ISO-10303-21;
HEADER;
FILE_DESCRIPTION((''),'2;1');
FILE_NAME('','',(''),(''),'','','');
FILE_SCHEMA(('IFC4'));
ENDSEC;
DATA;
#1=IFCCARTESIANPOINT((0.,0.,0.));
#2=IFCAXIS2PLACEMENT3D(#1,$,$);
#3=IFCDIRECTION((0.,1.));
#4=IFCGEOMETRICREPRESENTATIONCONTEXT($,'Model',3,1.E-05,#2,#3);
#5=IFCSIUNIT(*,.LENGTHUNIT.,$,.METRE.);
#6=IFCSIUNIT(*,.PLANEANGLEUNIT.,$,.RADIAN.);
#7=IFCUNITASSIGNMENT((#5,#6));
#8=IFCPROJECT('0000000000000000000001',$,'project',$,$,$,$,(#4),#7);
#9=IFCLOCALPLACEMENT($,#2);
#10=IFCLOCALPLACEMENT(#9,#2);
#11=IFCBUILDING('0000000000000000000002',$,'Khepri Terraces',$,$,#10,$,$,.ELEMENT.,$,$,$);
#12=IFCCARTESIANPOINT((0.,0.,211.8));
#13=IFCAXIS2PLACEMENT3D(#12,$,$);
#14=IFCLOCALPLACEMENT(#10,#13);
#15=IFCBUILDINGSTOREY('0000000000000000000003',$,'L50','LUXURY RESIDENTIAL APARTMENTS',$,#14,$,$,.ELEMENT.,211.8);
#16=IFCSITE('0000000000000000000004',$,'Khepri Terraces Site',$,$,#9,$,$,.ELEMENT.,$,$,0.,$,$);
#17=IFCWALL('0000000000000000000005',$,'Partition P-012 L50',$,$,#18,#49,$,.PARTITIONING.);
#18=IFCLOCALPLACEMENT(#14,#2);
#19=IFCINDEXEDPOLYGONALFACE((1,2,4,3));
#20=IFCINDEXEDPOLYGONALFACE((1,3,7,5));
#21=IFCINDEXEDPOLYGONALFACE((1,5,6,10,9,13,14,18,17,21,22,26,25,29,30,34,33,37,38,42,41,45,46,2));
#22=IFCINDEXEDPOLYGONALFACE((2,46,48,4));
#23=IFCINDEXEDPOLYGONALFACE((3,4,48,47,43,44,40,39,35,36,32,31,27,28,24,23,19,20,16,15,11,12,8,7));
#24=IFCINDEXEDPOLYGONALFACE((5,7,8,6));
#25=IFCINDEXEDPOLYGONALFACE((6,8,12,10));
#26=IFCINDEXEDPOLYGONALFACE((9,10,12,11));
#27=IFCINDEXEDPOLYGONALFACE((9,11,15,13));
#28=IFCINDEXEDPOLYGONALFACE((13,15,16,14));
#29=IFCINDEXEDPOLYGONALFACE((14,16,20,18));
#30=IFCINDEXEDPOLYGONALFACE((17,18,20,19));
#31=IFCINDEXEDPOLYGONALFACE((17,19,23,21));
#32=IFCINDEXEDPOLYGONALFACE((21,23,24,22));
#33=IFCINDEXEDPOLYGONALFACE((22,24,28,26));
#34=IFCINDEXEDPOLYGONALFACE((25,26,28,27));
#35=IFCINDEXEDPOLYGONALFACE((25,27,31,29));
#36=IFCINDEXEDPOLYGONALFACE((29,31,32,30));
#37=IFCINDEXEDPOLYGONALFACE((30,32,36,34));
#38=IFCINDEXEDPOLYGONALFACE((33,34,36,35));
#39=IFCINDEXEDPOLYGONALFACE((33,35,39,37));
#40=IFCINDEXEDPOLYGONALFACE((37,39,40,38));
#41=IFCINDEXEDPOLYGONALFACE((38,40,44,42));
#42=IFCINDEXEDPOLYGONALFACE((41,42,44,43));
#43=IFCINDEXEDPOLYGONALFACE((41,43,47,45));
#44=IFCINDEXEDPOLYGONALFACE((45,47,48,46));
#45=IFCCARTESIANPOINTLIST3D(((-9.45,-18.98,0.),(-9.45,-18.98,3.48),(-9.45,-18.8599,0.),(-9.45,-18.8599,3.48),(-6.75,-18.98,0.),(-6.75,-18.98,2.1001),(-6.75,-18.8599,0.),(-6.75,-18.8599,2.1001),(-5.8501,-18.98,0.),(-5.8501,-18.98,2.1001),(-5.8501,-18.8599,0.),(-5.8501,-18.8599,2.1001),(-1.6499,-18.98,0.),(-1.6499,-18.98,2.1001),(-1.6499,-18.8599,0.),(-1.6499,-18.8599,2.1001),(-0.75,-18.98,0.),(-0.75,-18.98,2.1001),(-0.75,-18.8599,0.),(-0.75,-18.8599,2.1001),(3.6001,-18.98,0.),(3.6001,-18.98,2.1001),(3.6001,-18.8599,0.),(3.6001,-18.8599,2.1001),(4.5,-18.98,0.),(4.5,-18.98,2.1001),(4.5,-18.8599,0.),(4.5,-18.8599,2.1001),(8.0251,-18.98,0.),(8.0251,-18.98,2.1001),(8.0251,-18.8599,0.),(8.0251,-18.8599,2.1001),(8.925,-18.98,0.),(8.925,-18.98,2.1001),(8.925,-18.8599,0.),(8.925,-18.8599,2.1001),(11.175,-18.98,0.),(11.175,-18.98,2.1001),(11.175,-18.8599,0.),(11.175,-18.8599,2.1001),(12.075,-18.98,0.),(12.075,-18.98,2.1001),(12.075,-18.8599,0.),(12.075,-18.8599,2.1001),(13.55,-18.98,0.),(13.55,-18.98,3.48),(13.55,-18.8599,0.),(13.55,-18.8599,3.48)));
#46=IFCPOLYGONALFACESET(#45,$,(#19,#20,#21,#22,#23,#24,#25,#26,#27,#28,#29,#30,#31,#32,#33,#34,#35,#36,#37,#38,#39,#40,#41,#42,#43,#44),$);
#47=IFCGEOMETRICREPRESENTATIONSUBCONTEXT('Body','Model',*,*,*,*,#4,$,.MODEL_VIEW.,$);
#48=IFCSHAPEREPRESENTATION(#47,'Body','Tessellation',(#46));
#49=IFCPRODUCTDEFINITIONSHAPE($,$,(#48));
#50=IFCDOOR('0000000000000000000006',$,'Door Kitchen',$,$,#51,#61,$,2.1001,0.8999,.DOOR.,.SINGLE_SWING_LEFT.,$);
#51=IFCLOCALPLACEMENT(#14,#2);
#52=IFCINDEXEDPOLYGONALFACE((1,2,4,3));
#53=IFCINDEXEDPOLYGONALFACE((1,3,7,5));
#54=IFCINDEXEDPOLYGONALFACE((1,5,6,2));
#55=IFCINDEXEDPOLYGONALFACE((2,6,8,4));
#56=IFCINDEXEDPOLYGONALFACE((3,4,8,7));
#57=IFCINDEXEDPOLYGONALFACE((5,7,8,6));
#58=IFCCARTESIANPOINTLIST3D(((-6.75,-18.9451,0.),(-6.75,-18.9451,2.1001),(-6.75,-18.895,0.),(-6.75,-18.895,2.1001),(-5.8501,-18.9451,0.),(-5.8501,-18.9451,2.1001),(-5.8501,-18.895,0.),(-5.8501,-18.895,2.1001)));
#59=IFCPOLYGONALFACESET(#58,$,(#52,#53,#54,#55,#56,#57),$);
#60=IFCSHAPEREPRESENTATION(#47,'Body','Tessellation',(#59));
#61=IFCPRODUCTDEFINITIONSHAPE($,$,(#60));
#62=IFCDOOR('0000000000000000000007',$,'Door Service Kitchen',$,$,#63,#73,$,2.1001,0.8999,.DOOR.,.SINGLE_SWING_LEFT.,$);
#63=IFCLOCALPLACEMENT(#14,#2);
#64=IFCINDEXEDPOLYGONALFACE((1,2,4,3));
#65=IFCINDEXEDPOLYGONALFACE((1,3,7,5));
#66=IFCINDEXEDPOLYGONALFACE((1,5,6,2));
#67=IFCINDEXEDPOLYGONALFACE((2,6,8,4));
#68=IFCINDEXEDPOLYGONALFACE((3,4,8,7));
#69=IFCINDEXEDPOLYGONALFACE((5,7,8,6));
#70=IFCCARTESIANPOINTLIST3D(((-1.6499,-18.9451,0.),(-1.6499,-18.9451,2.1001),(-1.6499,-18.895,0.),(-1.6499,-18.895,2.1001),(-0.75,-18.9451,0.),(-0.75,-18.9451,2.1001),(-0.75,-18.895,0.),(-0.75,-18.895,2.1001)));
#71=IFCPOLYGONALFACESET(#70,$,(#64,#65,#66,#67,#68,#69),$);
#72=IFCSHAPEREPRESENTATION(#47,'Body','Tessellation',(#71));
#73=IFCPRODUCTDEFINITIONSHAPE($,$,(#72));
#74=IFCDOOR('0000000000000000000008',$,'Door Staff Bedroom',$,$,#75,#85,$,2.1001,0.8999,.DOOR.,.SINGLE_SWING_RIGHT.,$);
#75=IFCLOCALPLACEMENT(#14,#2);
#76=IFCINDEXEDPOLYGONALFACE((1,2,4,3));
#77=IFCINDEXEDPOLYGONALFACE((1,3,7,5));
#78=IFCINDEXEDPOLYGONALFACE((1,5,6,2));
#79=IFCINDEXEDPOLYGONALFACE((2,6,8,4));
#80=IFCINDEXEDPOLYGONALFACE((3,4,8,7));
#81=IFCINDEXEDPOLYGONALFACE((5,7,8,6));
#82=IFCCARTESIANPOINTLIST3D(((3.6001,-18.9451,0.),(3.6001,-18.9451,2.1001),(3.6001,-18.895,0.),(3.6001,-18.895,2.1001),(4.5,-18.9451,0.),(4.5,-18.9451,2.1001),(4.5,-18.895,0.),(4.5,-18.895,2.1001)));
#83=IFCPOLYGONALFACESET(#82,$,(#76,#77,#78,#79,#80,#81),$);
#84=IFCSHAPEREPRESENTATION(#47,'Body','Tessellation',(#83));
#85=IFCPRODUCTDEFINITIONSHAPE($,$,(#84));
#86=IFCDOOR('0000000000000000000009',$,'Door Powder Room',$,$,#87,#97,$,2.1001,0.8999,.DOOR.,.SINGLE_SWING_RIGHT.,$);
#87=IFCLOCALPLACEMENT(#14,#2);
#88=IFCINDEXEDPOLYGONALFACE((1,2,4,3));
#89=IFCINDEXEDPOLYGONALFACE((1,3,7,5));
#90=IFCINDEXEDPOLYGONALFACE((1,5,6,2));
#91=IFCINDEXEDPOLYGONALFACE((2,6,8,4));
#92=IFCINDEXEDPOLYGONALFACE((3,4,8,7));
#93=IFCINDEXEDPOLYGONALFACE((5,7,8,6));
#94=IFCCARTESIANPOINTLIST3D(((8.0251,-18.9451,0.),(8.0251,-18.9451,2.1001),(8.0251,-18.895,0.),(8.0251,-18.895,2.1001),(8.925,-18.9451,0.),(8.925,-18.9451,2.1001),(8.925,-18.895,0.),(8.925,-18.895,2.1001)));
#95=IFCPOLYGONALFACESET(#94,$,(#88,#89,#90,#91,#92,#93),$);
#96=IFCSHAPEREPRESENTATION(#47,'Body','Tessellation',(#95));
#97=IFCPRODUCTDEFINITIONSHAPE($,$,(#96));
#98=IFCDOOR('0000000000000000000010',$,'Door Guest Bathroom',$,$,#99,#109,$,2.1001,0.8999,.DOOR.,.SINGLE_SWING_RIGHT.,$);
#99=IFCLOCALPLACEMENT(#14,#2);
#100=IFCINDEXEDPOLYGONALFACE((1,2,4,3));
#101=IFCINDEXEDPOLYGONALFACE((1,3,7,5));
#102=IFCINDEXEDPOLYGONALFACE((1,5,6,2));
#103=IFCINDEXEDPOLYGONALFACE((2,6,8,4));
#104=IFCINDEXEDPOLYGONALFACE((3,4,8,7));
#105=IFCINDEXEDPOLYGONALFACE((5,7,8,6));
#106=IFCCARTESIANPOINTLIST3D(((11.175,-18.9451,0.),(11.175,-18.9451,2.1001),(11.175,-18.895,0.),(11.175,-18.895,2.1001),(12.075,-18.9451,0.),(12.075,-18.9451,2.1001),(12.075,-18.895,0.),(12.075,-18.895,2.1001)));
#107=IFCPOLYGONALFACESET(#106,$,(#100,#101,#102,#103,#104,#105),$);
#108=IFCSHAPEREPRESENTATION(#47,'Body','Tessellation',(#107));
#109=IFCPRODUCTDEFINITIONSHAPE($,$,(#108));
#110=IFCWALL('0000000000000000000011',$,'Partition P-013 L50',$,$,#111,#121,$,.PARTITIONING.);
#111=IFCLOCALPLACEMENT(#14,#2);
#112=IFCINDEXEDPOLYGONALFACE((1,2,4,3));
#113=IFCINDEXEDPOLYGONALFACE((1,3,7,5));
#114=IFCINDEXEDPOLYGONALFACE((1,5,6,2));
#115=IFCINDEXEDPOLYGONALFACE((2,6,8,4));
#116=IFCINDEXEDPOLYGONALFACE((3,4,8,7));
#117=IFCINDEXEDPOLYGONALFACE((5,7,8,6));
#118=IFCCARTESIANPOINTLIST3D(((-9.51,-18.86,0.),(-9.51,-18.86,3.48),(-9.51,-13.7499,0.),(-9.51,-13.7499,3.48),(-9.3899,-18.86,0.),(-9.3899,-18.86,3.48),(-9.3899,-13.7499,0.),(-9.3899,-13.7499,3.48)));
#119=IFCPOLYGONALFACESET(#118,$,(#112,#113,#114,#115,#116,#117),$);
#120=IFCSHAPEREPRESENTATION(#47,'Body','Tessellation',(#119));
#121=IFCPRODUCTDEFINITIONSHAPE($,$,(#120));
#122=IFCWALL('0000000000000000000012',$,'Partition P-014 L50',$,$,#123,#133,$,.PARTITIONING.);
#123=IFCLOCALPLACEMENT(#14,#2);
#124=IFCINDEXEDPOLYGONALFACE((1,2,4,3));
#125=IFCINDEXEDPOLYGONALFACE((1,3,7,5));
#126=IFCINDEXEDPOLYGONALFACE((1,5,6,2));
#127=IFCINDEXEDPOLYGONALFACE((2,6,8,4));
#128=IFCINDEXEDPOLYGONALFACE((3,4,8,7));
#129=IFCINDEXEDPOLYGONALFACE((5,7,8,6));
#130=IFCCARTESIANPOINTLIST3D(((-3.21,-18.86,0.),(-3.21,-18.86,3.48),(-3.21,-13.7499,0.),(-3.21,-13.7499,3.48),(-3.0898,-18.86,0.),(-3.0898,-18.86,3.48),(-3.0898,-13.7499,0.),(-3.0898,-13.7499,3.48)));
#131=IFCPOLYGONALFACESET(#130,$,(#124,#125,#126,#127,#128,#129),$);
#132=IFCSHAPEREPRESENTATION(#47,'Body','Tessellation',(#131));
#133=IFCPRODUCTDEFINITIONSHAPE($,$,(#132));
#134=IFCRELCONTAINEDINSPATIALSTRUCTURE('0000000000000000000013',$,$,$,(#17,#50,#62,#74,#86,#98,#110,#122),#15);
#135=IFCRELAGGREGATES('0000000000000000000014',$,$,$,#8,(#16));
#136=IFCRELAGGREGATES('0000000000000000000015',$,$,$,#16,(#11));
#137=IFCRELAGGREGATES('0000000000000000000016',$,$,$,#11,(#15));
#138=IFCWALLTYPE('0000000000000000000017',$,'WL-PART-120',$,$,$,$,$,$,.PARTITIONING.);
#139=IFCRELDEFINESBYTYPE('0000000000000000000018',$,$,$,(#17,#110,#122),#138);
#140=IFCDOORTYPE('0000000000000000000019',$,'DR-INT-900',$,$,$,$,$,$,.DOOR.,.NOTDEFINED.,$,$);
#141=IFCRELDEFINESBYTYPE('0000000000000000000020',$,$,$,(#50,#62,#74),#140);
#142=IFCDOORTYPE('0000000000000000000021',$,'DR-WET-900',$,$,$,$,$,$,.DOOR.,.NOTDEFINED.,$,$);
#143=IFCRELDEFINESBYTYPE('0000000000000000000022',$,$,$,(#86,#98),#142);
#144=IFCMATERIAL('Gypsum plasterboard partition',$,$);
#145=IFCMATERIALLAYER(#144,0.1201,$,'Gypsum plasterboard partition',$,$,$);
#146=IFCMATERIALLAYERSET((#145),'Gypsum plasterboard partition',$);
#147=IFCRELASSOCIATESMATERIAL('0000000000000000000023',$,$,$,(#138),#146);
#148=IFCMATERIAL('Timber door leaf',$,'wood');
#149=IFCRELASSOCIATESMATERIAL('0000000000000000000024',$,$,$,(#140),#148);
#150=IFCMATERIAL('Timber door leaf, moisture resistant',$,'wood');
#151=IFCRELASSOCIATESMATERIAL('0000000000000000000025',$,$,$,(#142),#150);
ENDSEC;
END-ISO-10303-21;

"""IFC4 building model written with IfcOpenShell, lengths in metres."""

from ifc_helpers import new_model, si_unit, direction, frame, frame_2d, origin, place, context, subcontext, project, spatial, rectangle, extrude, material, layer, layer_set, type_object, element, fill, save


model = new_model("IFC4")

# Units and contexts
model_context = context("Model", 3, precision=1e-05, world=origin(), true_north=direction((0.0, 1.0)))
body_context = subcontext(model_context, "Body", "Model", "MODEL_VIEW")
ifc_project = project(units=[si_unit("LENGTHUNIT", "METRE"), si_unit("PLANEANGLEUNIT", "RADIAN")], contexts=[model_context])

# Site, building, storey
site_placement = place(None, origin())
site = spatial("IfcSite", under=ifc_project, at=site_placement, Name="Khepri Terraces Site", CompositionType="ELEMENT", RefElevation=0.0)
building_placement = place(site_placement, origin())
building = spatial("IfcBuilding", under=site, at=building_placement, Name="Khepri Terraces", CompositionType="ELEMENT")
storey_placement = place(building_placement, frame((0.0, 0.0, 211.8)))
storey = spatial("IfcBuildingStorey", under=building, at=storey_placement, Name="L50", Description="LUXURY RESIDENTIAL APARTMENTS", CompositionType="ELEMENT", Elevation=211.8)

# Shared definitions
ifc_material_1 = material(Name="Gypsum plasterboard partition")
ifc_layer_1 = layer(ifc_material_1, 0.1201, Name="Gypsum plasterboard partition")
ifc_layer_set_1 = layer_set([ifc_layer_1], Name="Gypsum plasterboard partition")
wall_type_1 = type_object("IfcWallType", Name="WL-PART-120", PredefinedType="PARTITIONING", material=ifc_layer_set_1)

# Wall, openings, doors
wall_1_placement = place(storey_placement, frame((-9.45, -18.9199, 0.0), z_axis=(0.0, 0.0, 1.0), x_axis=(1.0, 0.0, 0.0)))
wall_1 = element("IfcWall", 1, at=wall_1_placement, inside=storey, type_object=wall_type_1, Name="Partition P-012 L50", PredefinedType="PARTITIONING", context=body_context, shape_type="SweptSolid", body=[
    extrude(rectangle(XDim=23.0, YDim=0.1201, at=frame_2d((11.5, 0.0))), origin(), (0.0, 0.0, 1.0), 3.48),
])
opening_1_placement = place(wall_1_placement, frame((2.7, 0.0, 0.0)))
opening_1 = element("IfcOpeningElement", 2, at=opening_1_placement, cuts=wall_1, PredefinedType="OPENING", context=body_context, shape_type="SweptSolid", body=[
    extrude(rectangle(XDim=0.8999, YDim=2.1001, at=frame_2d((0.45, 1.05))), frame((0.0, 0.0701, 0.0), z_axis=(0.0, -1.0, 0.0), x_axis=(1.0, 0.0, 0.0)), (0.0, 0.0, 1.0), 0.1401),
])
opening_2_placement = place(wall_1_placement, frame((7.8, 0.0, 0.0)))
opening_2 = element("IfcOpeningElement", 3, at=opening_2_placement, cuts=wall_1, PredefinedType="OPENING", context=body_context, shape_type="SweptSolid", body=[
    extrude(rectangle(XDim=0.8999, YDim=2.1001, at=frame_2d((0.45, 1.05))), frame((0.0, 0.0701, 0.0), z_axis=(0.0, -1.0, 0.0), x_axis=(1.0, 0.0, 0.0)), (0.0, 0.0, 1.0), 0.1401),
])
opening_3_placement = place(wall_1_placement, frame((13.05, 0.0, 0.0)))
opening_3 = element("IfcOpeningElement", 4, at=opening_3_placement, cuts=wall_1, PredefinedType="OPENING", context=body_context, shape_type="SweptSolid", body=[
    extrude(rectangle(XDim=0.8999, YDim=2.1001, at=frame_2d((0.45, 1.05))), frame((0.0, 0.0701, 0.0), z_axis=(0.0, -1.0, 0.0), x_axis=(1.0, 0.0, 0.0)), (0.0, 0.0, 1.0), 0.1401),
])
opening_4_placement = place(wall_1_placement, frame((17.4751, 0.0, 0.0)))
opening_4 = element("IfcOpeningElement", 5, at=opening_4_placement, cuts=wall_1, PredefinedType="OPENING", context=body_context, shape_type="SweptSolid", body=[
    extrude(rectangle(XDim=0.8999, YDim=2.1001, at=frame_2d((0.45, 1.05))), frame((0.0, 0.0701, 0.0), z_axis=(0.0, -1.0, 0.0), x_axis=(1.0, 0.0, 0.0)), (0.0, 0.0, 1.0), 0.1401),
])
opening_5_placement = place(wall_1_placement, frame((20.625, 0.0, 0.0)))
opening_5 = element("IfcOpeningElement", 6, at=opening_5_placement, cuts=wall_1, PredefinedType="OPENING", context=body_context, shape_type="SweptSolid", body=[
    extrude(rectangle(XDim=0.8999, YDim=2.1001, at=frame_2d((0.45, 1.05))), frame((0.0, 0.0701, 0.0), z_axis=(0.0, -1.0, 0.0), x_axis=(1.0, 0.0, 0.0)), (0.0, 0.0, 1.0), 0.1401),
])
ifc_material_2 = material(Name="Timber door leaf", Category="wood")
door_type_1 = type_object("IfcDoorType", Name="DR-INT-900", OperationType="NOTDEFINED", PredefinedType="DOOR", material=ifc_material_2)
door_1_placement = place(opening_1_placement, origin())
door_1 = element("IfcDoor", 7, at=door_1_placement, inside=storey, type_object=door_type_1, Name="Door Kitchen", OperationType="SINGLE_SWING_LEFT", OverallHeight=2.1001, OverallWidth=0.8999, PredefinedType="DOOR", context=body_context, shape_type="SweptSolid", body=[
    extrude(rectangle(XDim=0.8999, YDim=2.1001, at=frame_2d((0.45, 1.05))), frame((0.0, 0.0249, 0.0), z_axis=(0.0, -1.0, 0.0), x_axis=(1.0, 0.0, 0.0)), (0.0, 0.0, 1.0), 0.05),
])
fill(opening_1, door_1)
door_2_placement = place(opening_2_placement, origin())
door_2 = element("IfcDoor", 8, at=door_2_placement, inside=storey, type_object=door_type_1, Name="Door Service Kitchen", OperationType="SINGLE_SWING_LEFT", OverallHeight=2.1001, OverallWidth=0.8999, PredefinedType="DOOR", context=body_context, shape_type="SweptSolid", body=[
    extrude(rectangle(XDim=0.8999, YDim=2.1001, at=frame_2d((0.45, 1.05))), frame((0.0, 0.0249, 0.0), z_axis=(0.0, -1.0, 0.0), x_axis=(1.0, 0.0, 0.0)), (0.0, 0.0, 1.0), 0.05),
])
fill(opening_2, door_2)
door_3_placement = place(opening_3_placement, origin())
door_3 = element("IfcDoor", 9, at=door_3_placement, inside=storey, type_object=door_type_1, Name="Door Staff Bedroom", OperationType="SINGLE_SWING_RIGHT", OverallHeight=2.1001, OverallWidth=0.8999, PredefinedType="DOOR", context=body_context, shape_type="SweptSolid", body=[
    extrude(rectangle(XDim=0.8999, YDim=2.1001, at=frame_2d((0.45, 1.05))), frame((0.0, 0.0249, 0.0), z_axis=(0.0, -1.0, 0.0), x_axis=(1.0, 0.0, 0.0)), (0.0, 0.0, 1.0), 0.05),
])
fill(opening_3, door_3)
ifc_material_3 = material(Name="Timber door leaf, moisture resistant", Category="wood")
door_type_2 = type_object("IfcDoorType", Name="DR-WET-900", OperationType="NOTDEFINED", PredefinedType="DOOR", material=ifc_material_3)
door_4_placement = place(opening_4_placement, origin())
door_4 = element("IfcDoor", 10, at=door_4_placement, inside=storey, type_object=door_type_2, Name="Door Powder Room", OperationType="SINGLE_SWING_RIGHT", OverallHeight=2.1001, OverallWidth=0.8999, PredefinedType="DOOR", context=body_context, shape_type="SweptSolid", body=[
    extrude(rectangle(XDim=0.8999, YDim=2.1001, at=frame_2d((0.45, 1.05))), frame((0.0, 0.0249, 0.0), z_axis=(0.0, -1.0, 0.0), x_axis=(1.0, 0.0, 0.0)), (0.0, 0.0, 1.0), 0.05),
])
fill(opening_4, door_4)
door_5_placement = place(opening_5_placement, origin())
door_5 = element("IfcDoor", 11, at=door_5_placement, inside=storey, type_object=door_type_2, Name="Door Guest Bathroom", OperationType="SINGLE_SWING_RIGHT", OverallHeight=2.1001, OverallWidth=0.8999, PredefinedType="DOOR", context=body_context, shape_type="SweptSolid", body=[
    extrude(rectangle(XDim=0.8999, YDim=2.1001, at=frame_2d((0.45, 1.05))), frame((0.0, 0.0249, 0.0), z_axis=(0.0, -1.0, 0.0), x_axis=(1.0, 0.0, 0.0)), (0.0, 0.0, 1.0), 0.05),
])
fill(opening_5, door_5)

# Walls
for number, where, z_axis, x_axis, name in (
    (12, (-9.45, -18.8601, 0.0), (0.0, 0.0, 1.0), (0.0, 1.0, 0.0), "Partition P-013 L50"),
    (13, (-3.1499, -18.8601, 0.0), (0.0, 0.0, 1.0), (0.0, 1.0, 0.0), "Partition P-014 L50"),
):
    element("IfcWall", number, at=place(storey_placement, frame(where, z_axis=z_axis, x_axis=x_axis)), inside=storey, type_object=wall_type_1, Name=name, PredefinedType="PARTITIONING", context=body_context, shape_type="SweptSolid", body=[
        extrude(rectangle(XDim=5.1101, YDim=0.1201, at=frame_2d((2.5552, 0.0))), origin(), (0.0, 0.0, 1.0), 3.48),
    ])

save(model, "model.ifc")
